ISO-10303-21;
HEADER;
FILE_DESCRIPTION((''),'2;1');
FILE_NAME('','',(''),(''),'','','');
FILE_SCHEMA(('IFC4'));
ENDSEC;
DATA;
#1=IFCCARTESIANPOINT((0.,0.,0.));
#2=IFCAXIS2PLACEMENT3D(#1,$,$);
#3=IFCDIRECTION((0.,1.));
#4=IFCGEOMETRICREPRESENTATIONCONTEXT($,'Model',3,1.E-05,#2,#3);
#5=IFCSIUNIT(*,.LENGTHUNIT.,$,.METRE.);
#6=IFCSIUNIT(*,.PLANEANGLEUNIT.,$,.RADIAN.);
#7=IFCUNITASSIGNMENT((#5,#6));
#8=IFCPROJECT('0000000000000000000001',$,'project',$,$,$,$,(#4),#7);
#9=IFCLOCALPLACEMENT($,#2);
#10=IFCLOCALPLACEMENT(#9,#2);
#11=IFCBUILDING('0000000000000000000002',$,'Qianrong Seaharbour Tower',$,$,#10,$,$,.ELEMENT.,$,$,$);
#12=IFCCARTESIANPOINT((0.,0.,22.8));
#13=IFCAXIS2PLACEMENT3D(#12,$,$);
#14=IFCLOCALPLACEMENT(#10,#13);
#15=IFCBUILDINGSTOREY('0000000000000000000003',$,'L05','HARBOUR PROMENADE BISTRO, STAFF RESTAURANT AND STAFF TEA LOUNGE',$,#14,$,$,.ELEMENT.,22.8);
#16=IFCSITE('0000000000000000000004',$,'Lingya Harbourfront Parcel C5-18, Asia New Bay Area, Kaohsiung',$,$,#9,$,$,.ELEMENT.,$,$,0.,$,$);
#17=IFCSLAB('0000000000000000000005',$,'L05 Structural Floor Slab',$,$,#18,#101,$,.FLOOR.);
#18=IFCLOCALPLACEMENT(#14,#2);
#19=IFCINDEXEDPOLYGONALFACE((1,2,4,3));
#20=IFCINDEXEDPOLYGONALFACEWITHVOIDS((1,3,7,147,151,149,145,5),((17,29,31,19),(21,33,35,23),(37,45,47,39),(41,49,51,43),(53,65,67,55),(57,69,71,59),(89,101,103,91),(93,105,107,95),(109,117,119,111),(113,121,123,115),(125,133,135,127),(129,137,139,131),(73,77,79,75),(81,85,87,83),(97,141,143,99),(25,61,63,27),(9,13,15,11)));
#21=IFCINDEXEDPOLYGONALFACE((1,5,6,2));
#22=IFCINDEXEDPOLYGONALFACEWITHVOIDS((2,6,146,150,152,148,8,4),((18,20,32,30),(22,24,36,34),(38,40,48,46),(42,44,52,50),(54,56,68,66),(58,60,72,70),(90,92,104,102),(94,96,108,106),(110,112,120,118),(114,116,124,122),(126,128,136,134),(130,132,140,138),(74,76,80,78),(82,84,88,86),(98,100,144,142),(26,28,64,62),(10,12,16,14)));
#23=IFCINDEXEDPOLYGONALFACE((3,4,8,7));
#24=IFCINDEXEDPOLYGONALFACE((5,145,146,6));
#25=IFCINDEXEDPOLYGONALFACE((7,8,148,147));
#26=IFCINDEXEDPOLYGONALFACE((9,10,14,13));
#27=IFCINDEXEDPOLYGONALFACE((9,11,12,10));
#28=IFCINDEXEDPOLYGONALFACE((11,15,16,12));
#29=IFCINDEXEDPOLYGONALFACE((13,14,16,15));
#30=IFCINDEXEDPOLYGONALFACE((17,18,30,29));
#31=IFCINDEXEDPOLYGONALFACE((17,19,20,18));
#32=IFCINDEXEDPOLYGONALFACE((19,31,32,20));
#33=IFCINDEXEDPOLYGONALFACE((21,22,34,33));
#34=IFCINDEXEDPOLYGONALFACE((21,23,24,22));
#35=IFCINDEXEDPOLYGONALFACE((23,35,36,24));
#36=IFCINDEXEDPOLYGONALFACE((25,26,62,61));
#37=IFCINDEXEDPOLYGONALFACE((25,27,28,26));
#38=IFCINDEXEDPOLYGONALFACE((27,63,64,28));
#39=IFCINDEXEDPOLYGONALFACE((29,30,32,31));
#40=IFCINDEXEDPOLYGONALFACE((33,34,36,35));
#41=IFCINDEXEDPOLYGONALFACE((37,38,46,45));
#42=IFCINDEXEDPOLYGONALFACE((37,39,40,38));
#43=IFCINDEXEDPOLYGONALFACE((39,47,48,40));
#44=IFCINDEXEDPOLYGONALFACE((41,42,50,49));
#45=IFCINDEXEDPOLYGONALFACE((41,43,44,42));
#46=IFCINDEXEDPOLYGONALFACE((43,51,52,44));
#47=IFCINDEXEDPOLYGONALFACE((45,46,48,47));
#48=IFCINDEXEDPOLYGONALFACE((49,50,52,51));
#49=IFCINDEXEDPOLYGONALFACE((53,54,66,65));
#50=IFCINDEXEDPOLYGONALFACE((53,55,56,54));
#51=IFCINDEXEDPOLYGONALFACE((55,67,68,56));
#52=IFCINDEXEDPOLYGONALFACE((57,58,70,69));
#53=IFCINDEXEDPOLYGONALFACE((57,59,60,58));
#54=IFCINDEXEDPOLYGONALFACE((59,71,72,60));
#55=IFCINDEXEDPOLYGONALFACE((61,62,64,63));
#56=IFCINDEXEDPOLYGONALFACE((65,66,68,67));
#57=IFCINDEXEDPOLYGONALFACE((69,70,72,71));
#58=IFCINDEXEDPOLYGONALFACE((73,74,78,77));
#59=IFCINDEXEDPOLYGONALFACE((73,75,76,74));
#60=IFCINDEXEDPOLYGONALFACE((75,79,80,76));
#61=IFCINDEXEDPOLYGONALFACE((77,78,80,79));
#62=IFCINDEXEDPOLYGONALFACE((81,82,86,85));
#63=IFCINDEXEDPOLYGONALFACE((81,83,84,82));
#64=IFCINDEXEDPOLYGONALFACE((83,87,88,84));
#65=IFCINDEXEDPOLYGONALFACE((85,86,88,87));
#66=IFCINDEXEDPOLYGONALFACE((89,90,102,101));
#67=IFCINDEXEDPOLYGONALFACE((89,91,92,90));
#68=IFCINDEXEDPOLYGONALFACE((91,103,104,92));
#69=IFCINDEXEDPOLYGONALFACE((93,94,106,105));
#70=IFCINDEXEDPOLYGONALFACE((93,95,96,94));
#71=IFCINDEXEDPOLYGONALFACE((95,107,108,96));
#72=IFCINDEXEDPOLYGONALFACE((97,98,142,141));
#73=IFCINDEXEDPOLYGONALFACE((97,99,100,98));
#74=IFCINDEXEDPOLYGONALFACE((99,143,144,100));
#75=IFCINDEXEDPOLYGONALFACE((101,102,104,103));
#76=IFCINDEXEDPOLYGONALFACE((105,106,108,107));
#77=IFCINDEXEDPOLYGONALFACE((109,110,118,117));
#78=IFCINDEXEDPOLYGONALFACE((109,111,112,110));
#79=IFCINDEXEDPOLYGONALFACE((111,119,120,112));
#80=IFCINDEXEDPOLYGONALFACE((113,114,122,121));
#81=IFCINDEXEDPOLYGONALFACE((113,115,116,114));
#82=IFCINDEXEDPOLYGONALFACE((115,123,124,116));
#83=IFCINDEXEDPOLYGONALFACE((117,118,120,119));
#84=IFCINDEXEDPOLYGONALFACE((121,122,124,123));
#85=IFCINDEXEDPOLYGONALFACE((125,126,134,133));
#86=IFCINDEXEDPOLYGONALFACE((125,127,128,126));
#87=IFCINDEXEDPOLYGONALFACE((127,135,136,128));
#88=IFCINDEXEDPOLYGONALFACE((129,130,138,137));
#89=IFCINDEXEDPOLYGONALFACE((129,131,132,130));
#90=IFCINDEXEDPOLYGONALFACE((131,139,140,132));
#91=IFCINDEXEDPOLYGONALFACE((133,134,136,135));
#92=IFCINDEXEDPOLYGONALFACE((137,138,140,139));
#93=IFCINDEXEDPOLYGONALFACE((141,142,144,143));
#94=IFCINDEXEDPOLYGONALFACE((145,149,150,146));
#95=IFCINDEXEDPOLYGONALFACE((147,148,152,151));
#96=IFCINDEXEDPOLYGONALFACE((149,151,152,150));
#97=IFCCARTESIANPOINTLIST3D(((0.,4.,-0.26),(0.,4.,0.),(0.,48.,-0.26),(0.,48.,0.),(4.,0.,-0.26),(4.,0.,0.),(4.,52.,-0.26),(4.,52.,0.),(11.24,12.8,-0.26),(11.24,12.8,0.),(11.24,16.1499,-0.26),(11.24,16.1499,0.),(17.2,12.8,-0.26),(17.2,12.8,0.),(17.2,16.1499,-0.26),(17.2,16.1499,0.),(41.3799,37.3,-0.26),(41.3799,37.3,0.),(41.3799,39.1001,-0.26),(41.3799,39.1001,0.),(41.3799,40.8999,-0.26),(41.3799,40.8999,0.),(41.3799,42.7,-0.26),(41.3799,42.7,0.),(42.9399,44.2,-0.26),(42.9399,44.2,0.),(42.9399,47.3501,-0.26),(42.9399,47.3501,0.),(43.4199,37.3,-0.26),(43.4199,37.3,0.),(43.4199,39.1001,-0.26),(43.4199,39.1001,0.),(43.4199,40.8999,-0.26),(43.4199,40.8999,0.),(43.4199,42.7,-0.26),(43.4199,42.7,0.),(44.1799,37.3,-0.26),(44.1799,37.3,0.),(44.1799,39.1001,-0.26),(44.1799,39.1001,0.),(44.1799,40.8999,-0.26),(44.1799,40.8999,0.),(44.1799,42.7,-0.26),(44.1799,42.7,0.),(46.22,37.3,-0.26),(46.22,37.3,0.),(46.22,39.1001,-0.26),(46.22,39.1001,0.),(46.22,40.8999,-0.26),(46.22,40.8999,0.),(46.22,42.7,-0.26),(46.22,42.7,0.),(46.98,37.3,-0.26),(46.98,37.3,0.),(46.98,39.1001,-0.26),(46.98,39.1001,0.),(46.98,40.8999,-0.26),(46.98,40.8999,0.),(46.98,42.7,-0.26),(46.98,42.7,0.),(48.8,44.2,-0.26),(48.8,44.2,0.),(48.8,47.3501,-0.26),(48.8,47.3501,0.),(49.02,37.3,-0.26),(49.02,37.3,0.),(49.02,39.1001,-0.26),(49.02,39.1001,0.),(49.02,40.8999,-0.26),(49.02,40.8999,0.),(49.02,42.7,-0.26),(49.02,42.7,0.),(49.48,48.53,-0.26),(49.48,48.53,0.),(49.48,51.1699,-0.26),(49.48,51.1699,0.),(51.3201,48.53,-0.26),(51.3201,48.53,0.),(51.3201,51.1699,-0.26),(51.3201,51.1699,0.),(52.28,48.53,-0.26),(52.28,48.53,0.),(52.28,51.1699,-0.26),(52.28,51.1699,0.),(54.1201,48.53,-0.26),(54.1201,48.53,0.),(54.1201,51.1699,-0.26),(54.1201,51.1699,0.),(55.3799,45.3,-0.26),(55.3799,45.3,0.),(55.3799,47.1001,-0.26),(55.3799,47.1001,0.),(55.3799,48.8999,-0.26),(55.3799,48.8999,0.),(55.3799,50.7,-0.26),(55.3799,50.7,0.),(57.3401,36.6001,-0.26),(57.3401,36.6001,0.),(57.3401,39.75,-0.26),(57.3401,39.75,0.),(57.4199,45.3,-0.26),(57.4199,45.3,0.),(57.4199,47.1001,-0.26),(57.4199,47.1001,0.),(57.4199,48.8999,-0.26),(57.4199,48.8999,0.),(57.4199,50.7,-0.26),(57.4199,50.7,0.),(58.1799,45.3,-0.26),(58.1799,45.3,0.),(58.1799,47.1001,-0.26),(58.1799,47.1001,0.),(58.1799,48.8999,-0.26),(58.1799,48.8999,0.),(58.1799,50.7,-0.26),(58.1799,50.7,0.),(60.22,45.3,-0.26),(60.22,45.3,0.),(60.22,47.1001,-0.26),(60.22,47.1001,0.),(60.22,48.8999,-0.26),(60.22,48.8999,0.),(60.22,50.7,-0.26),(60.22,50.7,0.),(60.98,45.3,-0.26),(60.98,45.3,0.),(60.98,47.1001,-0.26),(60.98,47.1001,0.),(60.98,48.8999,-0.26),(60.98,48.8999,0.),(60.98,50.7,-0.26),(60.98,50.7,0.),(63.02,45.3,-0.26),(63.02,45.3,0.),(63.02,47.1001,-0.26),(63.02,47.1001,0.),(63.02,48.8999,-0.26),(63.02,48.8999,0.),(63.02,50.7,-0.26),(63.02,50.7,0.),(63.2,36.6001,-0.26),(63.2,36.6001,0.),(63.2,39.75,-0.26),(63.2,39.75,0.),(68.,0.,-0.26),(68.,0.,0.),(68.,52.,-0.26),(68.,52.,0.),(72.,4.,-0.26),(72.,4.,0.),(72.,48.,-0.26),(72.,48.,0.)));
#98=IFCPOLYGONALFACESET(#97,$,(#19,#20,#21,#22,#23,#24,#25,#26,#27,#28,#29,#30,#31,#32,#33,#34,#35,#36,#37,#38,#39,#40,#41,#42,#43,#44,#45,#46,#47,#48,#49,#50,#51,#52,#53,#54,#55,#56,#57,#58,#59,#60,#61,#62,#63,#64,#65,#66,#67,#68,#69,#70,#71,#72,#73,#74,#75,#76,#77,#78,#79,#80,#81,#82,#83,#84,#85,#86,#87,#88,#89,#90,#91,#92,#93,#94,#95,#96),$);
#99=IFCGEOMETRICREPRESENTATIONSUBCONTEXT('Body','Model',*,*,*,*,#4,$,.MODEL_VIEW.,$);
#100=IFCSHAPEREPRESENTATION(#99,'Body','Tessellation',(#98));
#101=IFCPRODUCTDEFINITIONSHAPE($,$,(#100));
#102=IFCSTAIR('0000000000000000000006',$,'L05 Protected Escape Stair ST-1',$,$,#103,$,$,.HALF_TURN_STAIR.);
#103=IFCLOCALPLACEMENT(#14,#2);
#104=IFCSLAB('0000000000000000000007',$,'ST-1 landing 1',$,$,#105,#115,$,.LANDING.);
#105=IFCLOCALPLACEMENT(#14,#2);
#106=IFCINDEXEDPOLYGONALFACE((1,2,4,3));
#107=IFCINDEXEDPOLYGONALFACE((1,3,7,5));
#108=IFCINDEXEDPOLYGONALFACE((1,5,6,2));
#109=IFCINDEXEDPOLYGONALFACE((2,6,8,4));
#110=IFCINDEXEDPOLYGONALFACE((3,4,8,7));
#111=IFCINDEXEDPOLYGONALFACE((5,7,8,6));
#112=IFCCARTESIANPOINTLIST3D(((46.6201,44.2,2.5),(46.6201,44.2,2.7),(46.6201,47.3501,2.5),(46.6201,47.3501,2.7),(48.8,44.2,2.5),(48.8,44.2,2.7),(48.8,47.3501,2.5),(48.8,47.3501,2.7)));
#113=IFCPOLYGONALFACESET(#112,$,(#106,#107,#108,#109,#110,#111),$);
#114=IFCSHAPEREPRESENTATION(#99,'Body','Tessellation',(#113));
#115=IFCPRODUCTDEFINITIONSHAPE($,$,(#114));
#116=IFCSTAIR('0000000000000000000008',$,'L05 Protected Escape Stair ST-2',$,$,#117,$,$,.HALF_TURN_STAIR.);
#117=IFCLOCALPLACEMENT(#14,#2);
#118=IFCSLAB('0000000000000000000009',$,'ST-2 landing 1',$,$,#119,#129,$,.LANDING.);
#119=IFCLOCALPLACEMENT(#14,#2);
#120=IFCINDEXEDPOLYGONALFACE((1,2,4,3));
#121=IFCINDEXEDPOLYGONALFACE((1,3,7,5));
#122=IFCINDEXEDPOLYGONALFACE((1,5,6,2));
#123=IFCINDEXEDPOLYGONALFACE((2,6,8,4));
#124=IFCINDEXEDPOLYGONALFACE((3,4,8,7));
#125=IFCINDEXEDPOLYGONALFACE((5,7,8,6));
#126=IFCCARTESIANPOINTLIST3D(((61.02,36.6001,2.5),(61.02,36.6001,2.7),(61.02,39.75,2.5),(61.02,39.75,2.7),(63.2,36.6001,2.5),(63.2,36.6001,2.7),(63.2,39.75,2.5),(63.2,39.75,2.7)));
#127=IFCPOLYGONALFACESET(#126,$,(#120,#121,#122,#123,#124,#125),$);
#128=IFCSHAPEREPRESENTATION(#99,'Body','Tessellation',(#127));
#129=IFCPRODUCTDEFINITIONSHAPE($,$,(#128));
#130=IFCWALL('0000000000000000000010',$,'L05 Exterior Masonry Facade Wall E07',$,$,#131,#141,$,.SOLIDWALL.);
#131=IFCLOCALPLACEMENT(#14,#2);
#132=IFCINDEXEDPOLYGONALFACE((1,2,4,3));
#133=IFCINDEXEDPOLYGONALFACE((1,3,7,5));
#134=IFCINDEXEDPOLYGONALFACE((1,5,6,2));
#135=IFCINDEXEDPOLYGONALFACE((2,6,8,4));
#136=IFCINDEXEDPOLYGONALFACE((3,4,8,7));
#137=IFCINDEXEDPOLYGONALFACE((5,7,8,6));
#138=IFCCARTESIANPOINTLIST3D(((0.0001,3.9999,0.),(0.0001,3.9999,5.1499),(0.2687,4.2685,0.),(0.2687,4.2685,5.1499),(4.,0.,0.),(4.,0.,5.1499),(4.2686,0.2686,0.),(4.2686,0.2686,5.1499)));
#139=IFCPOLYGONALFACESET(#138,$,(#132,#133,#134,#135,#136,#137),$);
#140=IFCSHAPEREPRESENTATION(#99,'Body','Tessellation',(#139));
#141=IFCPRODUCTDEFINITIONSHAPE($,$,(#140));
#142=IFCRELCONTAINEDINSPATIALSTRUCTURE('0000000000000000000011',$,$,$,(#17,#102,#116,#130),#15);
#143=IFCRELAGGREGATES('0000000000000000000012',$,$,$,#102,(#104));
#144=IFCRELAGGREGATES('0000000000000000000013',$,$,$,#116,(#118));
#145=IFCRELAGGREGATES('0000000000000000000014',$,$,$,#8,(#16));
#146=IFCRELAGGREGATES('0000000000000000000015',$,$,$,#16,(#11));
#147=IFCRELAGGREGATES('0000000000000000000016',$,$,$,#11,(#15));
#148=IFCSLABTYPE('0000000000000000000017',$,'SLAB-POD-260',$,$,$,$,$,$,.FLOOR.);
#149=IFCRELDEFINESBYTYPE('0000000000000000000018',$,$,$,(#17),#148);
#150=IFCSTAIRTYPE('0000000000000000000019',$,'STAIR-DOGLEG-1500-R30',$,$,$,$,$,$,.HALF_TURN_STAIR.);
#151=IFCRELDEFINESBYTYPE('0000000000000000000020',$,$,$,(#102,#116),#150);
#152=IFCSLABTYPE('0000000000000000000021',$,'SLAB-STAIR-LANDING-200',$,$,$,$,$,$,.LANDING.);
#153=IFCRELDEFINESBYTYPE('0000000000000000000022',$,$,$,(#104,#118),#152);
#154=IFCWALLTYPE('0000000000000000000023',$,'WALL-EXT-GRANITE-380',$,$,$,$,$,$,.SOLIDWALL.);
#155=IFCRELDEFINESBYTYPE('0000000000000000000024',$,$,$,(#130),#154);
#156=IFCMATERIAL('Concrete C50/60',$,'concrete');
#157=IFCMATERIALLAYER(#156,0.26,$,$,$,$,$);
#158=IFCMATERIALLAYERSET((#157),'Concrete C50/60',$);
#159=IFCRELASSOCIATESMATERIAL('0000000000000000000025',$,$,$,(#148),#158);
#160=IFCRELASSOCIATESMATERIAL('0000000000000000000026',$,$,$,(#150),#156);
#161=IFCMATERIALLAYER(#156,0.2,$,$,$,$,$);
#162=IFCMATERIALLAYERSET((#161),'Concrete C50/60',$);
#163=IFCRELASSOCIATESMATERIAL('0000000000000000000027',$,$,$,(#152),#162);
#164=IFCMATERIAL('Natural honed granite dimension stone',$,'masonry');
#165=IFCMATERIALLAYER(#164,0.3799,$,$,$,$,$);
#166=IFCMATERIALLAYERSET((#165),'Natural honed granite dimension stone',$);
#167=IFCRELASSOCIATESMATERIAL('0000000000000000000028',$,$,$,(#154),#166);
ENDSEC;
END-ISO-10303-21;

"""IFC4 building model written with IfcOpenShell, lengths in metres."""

from ifc_helpers import new_model, si_unit, direction, frame, frame_2d, origin, place, context, subcontext, project, spatial, polyline, rectangle, outline, extrude, material, layer, layer_set, type_object, element, aggregate, save


model = new_model("IFC4")

# Units and contexts
model_context = context("Model", 3, precision=1e-05, world=origin(), true_north=direction((0.0, 1.0)))
body_context = subcontext(model_context, "Body", "Model", "MODEL_VIEW")
ifc_project = project(units=[si_unit("LENGTHUNIT", "METRE"), si_unit("PLANEANGLEUNIT", "RADIAN")], contexts=[model_context])

# Site, building, storey
site_placement = place(None, origin())
site = spatial("IfcSite", under=ifc_project, at=site_placement, Name="Lingya Harbourfront Parcel C5-18, Asia New Bay Area, Kaohsiung", CompositionType="ELEMENT", RefElevation=0.0)
building_placement = place(site_placement, origin())
building = spatial("IfcBuilding", under=site, at=building_placement, Name="Qianrong Seaharbour Tower", CompositionType="ELEMENT")
storey_placement = place(building_placement, frame((0.0, 0.0, 22.8)))
storey = spatial("IfcBuildingStorey", under=building, at=storey_placement, Name="L05", Description="HARBOUR PROMENADE BISTRO, STAFF RESTAURANT AND STAFF TEA LOUNGE", CompositionType="ELEMENT", Elevation=22.8)

# Slab
ifc_material_1 = material(Name="Concrete C50/60", Category="concrete")
ifc_layer_1 = layer(ifc_material_1, 0.26)
ifc_layer_set_1 = layer_set([ifc_layer_1], Name="Concrete C50/60")
slab_type_1 = type_object("IfcSlabType", Name="SLAB-POD-260", PredefinedType="FLOOR", material=ifc_layer_set_1)
slab_1_placement = place(storey_placement, frame((0.0, 0.0, -0.26)))
element("IfcSlab", 1, at=slab_1_placement, inside=storey, type_object=slab_type_1, Name="L05 Structural Floor Slab", PredefinedType="FLOOR", context=body_context, shape_type="SweptSolid", body=[
    extrude(outline(polyline([(4.0, 0.0), (68.0, 0.0), (72.0, 4.0), (72.0, 48.0), (68.0, 52.0), (4.0, 52.0), (0.0, 48.0), (0.0, 4.0), (4.0, 0.0)]), holes=[polyline([(42.9399, 44.2), (42.9399, 47.3501), (48.8, 47.3501), (48.8, 44.2), (42.9399, 44.2)]), polyline([(57.3401, 36.6001), (57.3401, 39.75), (63.2, 39.75), (63.2, 36.6001), (57.3401, 36.6001)]), polyline([(11.24, 12.8), (11.24, 16.1499), (17.2, 16.1499), (17.2, 12.8), (11.24, 12.8)]), polyline([(49.48, 48.53), (49.48, 51.1699), (51.3201, 51.1699), (51.3201, 48.53), (49.48, 48.53)]), polyline([(52.28, 48.53), (52.28, 51.1699), (54.1201, 51.1699), (54.1201, 48.53), (52.28, 48.53)]), polyline([(41.3799, 37.3), (41.3799, 39.1001), (43.4199, 39.1001), (43.4199, 37.3), (41.3799, 37.3)]), polyline([(44.1799, 37.3), (44.1799, 39.1001), (46.22, 39.1001), (46.22, 37.3), (44.1799, 37.3)]), polyline([(46.98, 37.3), (46.98, 39.1001), (49.02, 39.1001), (49.02, 37.3), (46.98, 37.3)]), polyline([(41.3799, 40.8999), (41.3799, 42.7), (43.4199, 42.7), (43.4199, 40.8999), (41.3799, 40.8999)]), polyline([(44.1799, 40.8999), (44.1799, 42.7), (46.22, 42.7), (46.22, 40.8999), (44.1799, 40.8999)]), polyline([(46.98, 40.8999), (46.98, 42.7), (49.02, 42.7), (49.02, 40.8999), (46.98, 40.8999)]), polyline([(55.3799, 45.3), (55.3799, 47.1001), (57.4199, 47.1001), (57.4199, 45.3), (55.3799, 45.3)]), polyline([(58.1799, 45.3), (58.1799, 47.1001), (60.22, 47.1001), (60.22, 45.3), (58.1799, 45.3)]), polyline([(60.98, 45.3), (60.98, 47.1001), (63.02, 47.1001), (63.02, 45.3), (60.98, 45.3)]), polyline([(55.3799, 48.8999), (55.3799, 50.7), (57.4199, 50.7), (57.4199, 48.8999), (55.3799, 48.8999)]), polyline([(58.1799, 48.8999), (58.1799, 50.7), (60.22, 50.7), (60.22, 48.8999), (58.1799, 48.8999)]), polyline([(60.98, 48.8999), (60.98, 50.7), (63.02, 50.7), (63.02, 48.8999), (60.98, 48.8999)])]), origin(), (0.0, 0.0, 1.0), 0.26),
])

# Stairs, slabs
stair_type = type_object("IfcStairType", Name="STAIR-DOGLEG-1500-R30", PredefinedType="HALF_TURN_STAIR", material=ifc_material_1)
stair_1_placement = place(storey_placement, origin())
stair_1 = element("IfcStair", 2, at=stair_1_placement, inside=storey, type_object=stair_type, Name="L05 Protected Escape Stair ST-1", PredefinedType="HALF_TURN_STAIR")
ifc_layer_2 = layer(ifc_material_1, 0.2)
ifc_layer_set_2 = layer_set([ifc_layer_2], Name="Concrete C50/60")
slab_type_2 = type_object("IfcSlabType", Name="SLAB-STAIR-LANDING-200", PredefinedType="LANDING", material=ifc_layer_set_2)
slab_2_placement = place(storey_placement, frame((0.0, 0.0, 2.5)))
slab_2 = element("IfcSlab", 3, at=slab_2_placement, type_object=slab_type_2, Name="ST-1 landing 1", PredefinedType="LANDING", context=body_context, shape_type="SweptSolid", body=[
    extrude(outline(polyline([(46.6201, 44.2), (48.8, 44.2), (48.8, 47.3501), (46.6201, 47.3501), (46.6201, 44.2)])), origin(), (0.0, 0.0, 1.0), 0.2),
])
aggregate(stair_1, [slab_2])
stair_2_placement = place(storey_placement, origin())
stair_2 = element("IfcStair", 4, at=stair_2_placement, inside=storey, type_object=stair_type, Name="L05 Protected Escape Stair ST-2", PredefinedType="HALF_TURN_STAIR")
slab_3_placement = place(storey_placement, frame((0.0, 0.0, 2.5)))
slab_3 = element("IfcSlab", 5, at=slab_3_placement, type_object=slab_type_2, Name="ST-2 landing 1", PredefinedType="LANDING", context=body_context, shape_type="SweptSolid", body=[
    extrude(outline(polyline([(61.02, 36.6001), (63.2, 36.6001), (63.2, 39.75), (61.02, 39.75), (61.02, 36.6001)])), origin(), (0.0, 0.0, 1.0), 0.2),
])
aggregate(stair_2, [slab_3])

# Wall
ifc_material_2 = material(Name="Natural honed granite dimension stone", Category="masonry")
ifc_layer_3 = layer(ifc_material_2, 0.3799)
ifc_layer_set_3 = layer_set([ifc_layer_3], Name="Natural honed granite dimension stone")
wall_type = type_object("IfcWallType", Name="WALL-EXT-GRANITE-380", PredefinedType="SOLIDWALL", material=ifc_layer_set_3)
wall_placement = place(storey_placement, frame((4.1343, 0.1343, 0.0), z_axis=(0.0, 0.0, 1.0), x_axis=(-0.707107, 0.707107, 0.0)))
element("IfcWall", 6, at=wall_placement, inside=storey, type_object=wall_type, Name="L05 Exterior Masonry Facade Wall E07", PredefinedType="SOLIDWALL", context=body_context, shape_type="SweptSolid", body=[
    extrude(rectangle(XDim=5.6567, YDim=0.3799, at=frame_2d((2.8284, 0.0))), origin(), (0.0, 0.0, 1.0), 5.1499),
])

save(model, "model.ifc")
